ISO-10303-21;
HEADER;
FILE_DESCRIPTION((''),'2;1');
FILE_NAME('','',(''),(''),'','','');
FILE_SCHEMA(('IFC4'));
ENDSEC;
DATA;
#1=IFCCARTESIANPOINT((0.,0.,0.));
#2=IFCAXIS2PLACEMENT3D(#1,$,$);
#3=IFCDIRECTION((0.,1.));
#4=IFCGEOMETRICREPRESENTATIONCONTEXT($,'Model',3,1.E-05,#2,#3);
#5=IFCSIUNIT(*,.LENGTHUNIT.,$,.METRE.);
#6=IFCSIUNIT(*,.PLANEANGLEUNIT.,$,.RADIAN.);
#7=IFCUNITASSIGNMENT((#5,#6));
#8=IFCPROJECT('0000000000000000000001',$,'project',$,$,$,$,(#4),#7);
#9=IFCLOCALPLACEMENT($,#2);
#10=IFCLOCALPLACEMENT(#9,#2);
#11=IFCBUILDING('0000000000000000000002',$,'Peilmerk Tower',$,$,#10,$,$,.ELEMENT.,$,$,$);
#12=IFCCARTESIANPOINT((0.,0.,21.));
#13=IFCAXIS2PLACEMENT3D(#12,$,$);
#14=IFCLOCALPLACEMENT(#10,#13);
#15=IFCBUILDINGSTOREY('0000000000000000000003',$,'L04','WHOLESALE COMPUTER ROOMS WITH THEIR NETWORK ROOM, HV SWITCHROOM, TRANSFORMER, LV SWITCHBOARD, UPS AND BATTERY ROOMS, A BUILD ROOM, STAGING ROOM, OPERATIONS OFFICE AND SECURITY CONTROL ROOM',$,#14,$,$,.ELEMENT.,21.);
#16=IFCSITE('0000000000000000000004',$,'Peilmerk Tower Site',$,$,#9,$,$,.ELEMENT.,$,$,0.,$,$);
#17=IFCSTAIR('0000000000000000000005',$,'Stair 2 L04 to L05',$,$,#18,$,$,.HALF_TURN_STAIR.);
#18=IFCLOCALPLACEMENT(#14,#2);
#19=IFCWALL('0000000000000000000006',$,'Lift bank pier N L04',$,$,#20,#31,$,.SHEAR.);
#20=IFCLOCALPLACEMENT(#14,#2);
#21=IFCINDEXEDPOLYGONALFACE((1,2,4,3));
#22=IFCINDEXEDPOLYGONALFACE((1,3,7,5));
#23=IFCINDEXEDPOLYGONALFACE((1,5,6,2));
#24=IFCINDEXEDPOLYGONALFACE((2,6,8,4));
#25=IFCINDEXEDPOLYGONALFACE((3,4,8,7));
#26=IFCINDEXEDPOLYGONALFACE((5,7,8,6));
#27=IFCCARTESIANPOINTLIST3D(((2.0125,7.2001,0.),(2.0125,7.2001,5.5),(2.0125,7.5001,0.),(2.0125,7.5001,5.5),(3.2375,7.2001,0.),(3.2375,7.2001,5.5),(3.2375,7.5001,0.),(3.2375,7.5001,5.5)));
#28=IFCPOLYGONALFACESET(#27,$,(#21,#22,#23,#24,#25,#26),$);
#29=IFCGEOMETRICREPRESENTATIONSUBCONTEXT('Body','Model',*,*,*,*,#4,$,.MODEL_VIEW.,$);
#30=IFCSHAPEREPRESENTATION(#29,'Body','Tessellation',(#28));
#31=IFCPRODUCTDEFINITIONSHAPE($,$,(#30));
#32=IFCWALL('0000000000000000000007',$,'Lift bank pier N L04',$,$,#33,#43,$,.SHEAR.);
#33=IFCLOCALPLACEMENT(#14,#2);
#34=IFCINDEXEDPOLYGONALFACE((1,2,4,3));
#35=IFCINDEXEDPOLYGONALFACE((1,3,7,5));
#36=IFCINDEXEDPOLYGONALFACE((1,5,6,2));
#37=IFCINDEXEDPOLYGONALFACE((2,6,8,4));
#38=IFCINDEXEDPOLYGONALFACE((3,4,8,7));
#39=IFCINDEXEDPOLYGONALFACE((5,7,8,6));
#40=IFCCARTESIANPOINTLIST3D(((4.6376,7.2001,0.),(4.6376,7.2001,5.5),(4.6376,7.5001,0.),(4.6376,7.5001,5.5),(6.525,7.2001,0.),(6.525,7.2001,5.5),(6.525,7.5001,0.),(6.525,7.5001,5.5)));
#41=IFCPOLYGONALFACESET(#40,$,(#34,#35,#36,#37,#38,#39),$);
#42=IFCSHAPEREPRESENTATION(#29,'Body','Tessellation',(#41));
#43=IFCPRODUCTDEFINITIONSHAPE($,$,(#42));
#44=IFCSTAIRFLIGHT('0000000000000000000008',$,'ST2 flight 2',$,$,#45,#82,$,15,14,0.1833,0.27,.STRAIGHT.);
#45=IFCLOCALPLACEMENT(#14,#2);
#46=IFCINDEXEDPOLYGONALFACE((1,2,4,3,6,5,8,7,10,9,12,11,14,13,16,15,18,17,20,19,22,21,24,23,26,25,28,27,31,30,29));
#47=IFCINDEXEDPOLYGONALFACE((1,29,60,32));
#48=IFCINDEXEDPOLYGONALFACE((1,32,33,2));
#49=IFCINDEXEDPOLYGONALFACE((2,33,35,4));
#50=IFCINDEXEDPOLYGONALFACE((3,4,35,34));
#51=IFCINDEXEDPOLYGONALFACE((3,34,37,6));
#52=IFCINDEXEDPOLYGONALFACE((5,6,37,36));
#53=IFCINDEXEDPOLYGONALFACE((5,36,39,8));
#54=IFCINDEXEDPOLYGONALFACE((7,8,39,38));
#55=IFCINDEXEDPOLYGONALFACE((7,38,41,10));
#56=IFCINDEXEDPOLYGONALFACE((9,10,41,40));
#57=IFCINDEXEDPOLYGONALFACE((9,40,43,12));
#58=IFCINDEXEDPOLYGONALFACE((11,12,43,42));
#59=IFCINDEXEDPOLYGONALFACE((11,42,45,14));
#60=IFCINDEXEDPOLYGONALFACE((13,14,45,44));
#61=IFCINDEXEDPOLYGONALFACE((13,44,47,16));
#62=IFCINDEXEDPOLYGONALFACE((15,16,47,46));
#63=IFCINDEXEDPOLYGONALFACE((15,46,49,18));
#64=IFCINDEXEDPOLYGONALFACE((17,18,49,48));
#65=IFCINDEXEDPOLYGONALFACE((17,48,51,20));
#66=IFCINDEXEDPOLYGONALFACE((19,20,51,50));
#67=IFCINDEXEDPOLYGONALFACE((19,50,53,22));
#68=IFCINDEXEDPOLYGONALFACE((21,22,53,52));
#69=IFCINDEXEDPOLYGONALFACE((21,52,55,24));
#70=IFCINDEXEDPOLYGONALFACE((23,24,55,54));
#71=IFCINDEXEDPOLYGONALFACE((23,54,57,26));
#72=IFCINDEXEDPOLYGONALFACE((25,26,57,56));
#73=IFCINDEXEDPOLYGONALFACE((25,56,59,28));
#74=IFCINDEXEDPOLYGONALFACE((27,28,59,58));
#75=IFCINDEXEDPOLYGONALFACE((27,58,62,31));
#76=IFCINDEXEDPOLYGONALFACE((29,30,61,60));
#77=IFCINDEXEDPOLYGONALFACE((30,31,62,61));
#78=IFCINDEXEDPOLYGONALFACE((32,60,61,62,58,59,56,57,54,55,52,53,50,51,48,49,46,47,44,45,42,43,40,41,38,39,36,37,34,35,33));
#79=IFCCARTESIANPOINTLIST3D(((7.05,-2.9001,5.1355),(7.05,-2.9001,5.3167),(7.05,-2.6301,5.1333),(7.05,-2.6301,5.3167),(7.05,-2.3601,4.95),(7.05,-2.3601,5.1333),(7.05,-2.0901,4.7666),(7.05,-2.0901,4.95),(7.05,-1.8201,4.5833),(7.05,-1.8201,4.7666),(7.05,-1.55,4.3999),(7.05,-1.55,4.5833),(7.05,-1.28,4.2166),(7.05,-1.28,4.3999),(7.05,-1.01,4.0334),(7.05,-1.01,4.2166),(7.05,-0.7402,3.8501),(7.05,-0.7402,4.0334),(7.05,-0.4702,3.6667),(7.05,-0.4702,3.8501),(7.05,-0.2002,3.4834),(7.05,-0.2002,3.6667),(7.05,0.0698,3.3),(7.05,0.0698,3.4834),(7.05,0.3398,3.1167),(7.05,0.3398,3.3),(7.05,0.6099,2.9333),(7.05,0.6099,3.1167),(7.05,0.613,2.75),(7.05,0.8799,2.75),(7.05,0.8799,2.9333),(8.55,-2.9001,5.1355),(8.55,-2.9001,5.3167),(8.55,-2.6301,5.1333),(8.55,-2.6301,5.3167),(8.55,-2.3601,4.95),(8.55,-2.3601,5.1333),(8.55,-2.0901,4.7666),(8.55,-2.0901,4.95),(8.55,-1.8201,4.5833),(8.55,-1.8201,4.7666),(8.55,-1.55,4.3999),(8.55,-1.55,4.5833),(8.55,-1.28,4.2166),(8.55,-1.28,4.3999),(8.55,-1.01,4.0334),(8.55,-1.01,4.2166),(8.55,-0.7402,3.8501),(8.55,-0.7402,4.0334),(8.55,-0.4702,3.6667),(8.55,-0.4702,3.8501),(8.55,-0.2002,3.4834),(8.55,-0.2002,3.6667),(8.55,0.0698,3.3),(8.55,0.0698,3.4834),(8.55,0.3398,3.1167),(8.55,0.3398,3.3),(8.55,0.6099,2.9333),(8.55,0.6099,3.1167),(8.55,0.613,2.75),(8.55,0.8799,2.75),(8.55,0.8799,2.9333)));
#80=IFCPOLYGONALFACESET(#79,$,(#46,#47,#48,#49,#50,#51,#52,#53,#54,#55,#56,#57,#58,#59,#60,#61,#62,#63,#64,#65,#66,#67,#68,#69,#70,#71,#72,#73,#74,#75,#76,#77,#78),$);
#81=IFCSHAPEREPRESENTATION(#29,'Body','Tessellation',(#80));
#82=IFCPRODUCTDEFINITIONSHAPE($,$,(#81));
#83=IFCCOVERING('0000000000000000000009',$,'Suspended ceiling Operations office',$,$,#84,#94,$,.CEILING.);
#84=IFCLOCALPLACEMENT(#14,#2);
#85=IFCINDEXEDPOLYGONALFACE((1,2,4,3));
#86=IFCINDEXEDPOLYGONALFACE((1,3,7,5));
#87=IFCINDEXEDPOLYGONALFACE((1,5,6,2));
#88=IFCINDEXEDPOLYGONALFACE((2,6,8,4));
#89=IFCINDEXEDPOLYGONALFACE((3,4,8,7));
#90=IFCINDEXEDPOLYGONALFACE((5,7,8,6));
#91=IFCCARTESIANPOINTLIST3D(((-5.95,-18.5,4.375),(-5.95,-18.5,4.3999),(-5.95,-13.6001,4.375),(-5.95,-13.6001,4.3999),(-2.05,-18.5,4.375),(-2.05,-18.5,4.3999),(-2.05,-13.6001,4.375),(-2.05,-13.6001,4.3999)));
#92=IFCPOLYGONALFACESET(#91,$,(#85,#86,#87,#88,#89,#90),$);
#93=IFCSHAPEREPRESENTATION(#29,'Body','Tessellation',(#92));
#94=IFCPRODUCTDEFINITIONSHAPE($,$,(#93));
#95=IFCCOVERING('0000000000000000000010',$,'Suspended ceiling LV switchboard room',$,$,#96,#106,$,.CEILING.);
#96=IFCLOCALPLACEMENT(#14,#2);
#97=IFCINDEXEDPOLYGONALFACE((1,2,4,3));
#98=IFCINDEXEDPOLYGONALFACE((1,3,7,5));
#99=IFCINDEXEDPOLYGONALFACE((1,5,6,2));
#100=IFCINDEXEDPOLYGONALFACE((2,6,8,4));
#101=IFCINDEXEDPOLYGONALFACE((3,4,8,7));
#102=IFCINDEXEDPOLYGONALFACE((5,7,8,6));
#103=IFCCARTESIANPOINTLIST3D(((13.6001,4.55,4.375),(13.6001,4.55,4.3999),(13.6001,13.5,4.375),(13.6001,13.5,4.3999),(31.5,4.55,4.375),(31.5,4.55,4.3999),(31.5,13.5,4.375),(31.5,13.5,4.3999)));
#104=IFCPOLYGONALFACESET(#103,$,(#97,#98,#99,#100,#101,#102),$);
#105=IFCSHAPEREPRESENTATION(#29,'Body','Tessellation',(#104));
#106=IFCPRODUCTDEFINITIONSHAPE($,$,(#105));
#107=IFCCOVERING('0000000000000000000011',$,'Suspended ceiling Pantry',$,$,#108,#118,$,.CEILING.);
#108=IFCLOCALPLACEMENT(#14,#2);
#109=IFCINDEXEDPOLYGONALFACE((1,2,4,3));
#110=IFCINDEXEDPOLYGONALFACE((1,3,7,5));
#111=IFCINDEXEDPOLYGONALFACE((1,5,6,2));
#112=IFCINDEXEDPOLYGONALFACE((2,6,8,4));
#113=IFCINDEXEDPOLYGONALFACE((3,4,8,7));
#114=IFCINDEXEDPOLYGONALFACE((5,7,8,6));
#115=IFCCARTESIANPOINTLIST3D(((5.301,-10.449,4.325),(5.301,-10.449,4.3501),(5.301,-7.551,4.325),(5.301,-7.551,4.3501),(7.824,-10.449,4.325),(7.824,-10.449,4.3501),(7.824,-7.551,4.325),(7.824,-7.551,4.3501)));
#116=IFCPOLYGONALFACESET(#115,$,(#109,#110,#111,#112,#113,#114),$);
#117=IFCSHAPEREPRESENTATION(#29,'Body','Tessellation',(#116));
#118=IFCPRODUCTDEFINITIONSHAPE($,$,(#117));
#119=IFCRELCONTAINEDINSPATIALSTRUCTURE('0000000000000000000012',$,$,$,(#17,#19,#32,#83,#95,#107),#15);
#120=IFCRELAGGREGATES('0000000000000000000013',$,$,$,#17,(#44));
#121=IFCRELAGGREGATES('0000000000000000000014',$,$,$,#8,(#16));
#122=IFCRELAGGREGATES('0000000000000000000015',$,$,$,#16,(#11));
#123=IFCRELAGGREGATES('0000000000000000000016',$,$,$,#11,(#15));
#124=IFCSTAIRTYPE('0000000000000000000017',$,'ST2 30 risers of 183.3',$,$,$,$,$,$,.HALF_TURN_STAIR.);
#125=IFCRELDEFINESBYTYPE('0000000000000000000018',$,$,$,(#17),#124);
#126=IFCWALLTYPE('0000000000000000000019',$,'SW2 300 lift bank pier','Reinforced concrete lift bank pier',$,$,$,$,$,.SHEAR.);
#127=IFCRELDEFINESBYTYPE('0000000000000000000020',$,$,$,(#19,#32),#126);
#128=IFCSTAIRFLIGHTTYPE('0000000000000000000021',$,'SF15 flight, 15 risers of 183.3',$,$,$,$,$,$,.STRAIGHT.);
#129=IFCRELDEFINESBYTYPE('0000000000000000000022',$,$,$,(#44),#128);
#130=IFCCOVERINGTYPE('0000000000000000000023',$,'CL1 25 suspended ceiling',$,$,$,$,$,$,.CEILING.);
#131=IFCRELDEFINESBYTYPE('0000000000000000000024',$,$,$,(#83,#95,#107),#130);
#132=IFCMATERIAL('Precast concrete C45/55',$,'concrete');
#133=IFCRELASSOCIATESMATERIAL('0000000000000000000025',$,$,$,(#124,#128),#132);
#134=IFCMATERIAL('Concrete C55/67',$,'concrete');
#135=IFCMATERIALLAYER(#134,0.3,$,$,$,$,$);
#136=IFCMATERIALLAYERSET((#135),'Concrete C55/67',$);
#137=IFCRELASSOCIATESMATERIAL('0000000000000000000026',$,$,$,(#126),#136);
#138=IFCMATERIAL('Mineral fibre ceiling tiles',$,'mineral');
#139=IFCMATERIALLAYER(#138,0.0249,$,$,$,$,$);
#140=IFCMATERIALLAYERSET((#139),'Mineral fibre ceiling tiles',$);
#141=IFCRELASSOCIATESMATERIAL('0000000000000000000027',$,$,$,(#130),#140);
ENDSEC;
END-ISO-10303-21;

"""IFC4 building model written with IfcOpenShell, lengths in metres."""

from ifc_helpers import new_model, si_unit, direction, frame, frame_2d, origin, place, context, subcontext, project, spatial, polyline, rectangle, outline, extrude, material, layer, layer_set, type_object, element, aggregate, save


model = new_model("IFC4")

# Units and contexts
model_context = context("Model", 3, precision=1e-05, world=origin(), true_north=direction((0.0, 1.0)))
body_context = subcontext(model_context, "Body", "Model", "MODEL_VIEW")
ifc_project = project(units=[si_unit("LENGTHUNIT", "METRE"), si_unit("PLANEANGLEUNIT", "RADIAN")], contexts=[model_context])

# Site, building, storey
site_placement = place(None, origin())
site = spatial("IfcSite", under=ifc_project, at=site_placement, Name="Peilmerk Tower Site", CompositionType="ELEMENT", RefElevation=0.0)
building_placement = place(site_placement, origin())
building = spatial("IfcBuilding", under=site, at=building_placement, Name="Peilmerk Tower", CompositionType="ELEMENT")
storey_placement = place(building_placement, frame((0.0, 0.0, 21.0)))
storey = spatial("IfcBuildingStorey", under=building, at=storey_placement, Name="L04", Description="WHOLESALE COMPUTER ROOMS WITH THEIR NETWORK ROOM, HV SWITCHROOM, TRANSFORMER, LV SWITCHBOARD, UPS AND BATTERY ROOMS, A BUILD ROOM, STAGING ROOM, OPERATIONS OFFICE AND SECURITY CONTROL ROOM", CompositionType="ELEMENT", Elevation=21.0)

# Stair
ifc_material_1 = material(Name="Precast concrete C45/55", Category="concrete")
stair_type = type_object("IfcStairType", Name="ST2 30 risers of 183.3", PredefinedType="HALF_TURN_STAIR", material=ifc_material_1)
stair_placement = place(storey_placement, origin())
stair = element("IfcStair", 1, at=stair_placement, inside=storey, type_object=stair_type, Name="Stair 2 L04 to L05", PredefinedType="HALF_TURN_STAIR")

# Walls
ifc_material_2 = material(Name="Concrete C55/67", Category="concrete")
ifc_layer_1 = layer(ifc_material_2, 0.3)
ifc_layer_set_1 = layer_set([ifc_layer_1], Name="Concrete C55/67")
wall_type_1 = type_object("IfcWallType", Name="SW2 300 lift bank pier", Description="Reinforced concrete lift bank pier", PredefinedType="SHEAR", material=ifc_layer_set_1)
wall_1_placement = place(storey_placement, frame((2.0125, 7.3501, 0.0), z_axis=(0.0, 0.0, 1.0), x_axis=(1.0, 0.0, 0.0)))
element("IfcWall", 2, at=wall_1_placement, inside=storey, type_object=wall_type_1, Name="Lift bank pier N L04", PredefinedType="SHEAR", context=body_context, shape_type="SweptSolid", body=[
    extrude(rectangle(XDim=1.2251, YDim=0.3, at=frame_2d((0.6125, 0.0))), origin(), (0.0, 0.0, 1.0), 5.5),
])
wall_2_placement = place(storey_placement, frame((4.6375, 7.3501, 0.0), z_axis=(0.0, 0.0, 1.0), x_axis=(1.0, 0.0, 0.0)))
element("IfcWall", 3, at=wall_2_placement, inside=storey, type_object=wall_type_1, Name="Lift bank pier N L04", PredefinedType="SHEAR", context=body_context, shape_type="SweptSolid", body=[
    extrude(rectangle(XDim=1.8875, YDim=0.3, at=frame_2d((0.9438, 0.0))), origin(), (0.0, 0.0, 1.0), 5.5),
])

# Stair flight
stair_flight_type = type_object("IfcStairFlightType", Name="SF15 flight, 15 risers of 183.3", PredefinedType="STRAIGHT", material=ifc_material_1)
stair_flight_placement = place(storey_placement, frame((7.8, 0.8799, 2.75), z_axis=(0.0, 0.0, 1.0), x_axis=(0.0, -1.0, 0.0)))
stair_flight = element("IfcStairFlight", 4, at=stair_flight_placement, type_object=stair_flight_type, Name="ST2 flight 2", NumberOfRisers=15, NumberOfTreads=14, PredefinedType="STRAIGHT", RiserHeight=0.1833, TreadLength=0.27, context=body_context, shape_type="SweptSolid", body=[
    extrude(outline(polyline([(0.0, 0.0), (0.0, 0.1833), (0.27, 0.1833), (0.27, 0.3667), (0.54, 0.3667), (0.54, 0.55), (0.8101, 0.55), (0.8101, 0.7334), (1.0801, 0.7334), (1.0801, 0.9167), (1.3501, 0.9167), (1.3501, 1.1001), (1.6201, 1.1001), (1.6201, 1.2834), (1.8899, 1.2834), (1.8899, 1.4666), (2.1599, 1.4666), (2.1599, 1.6499), (2.4299, 1.6499), (2.4299, 1.8333), (2.7, 1.8333), (2.7, 2.0166), (2.97, 2.0166), (2.97, 2.2), (3.24, 2.2), (3.24, 2.3833), (3.51, 2.3833), (3.51, 2.5667), (3.78, 2.5667), (3.78, 2.75), (3.78, 2.3855), (0.2668, 0.0), (0.0, 0.0)])), frame((0.0, 0.75, 0.0), z_axis=(0.0, -1.0, 0.0), x_axis=(1.0, 0.0, 0.0)), (0.0, 0.0, 1.0), 1.5),
])
aggregate(stair, [stair_flight])

# Coverings
ifc_material_3 = material(Name="Mineral fibre ceiling tiles", Category="mineral")
ifc_layer_2 = layer(ifc_material_3, 0.0249)
ifc_layer_set_2 = layer_set([ifc_layer_2], Name="Mineral fibre ceiling tiles")
covering_type_1 = type_object("IfcCoveringType", Name="CL1 25 suspended ceiling", PredefinedType="CEILING", material=ifc_layer_set_2)
covering_1_placement = place(storey_placement, frame((0.0, 0.0, 4.375)))
element("IfcCovering", 5, at=covering_1_placement, inside=storey, type_object=covering_type_1, Name="Suspended ceiling Operations office", PredefinedType="CEILING", context=body_context, shape_type="SweptSolid", body=[
    extrude(outline(polyline([(-2.05, -18.5), (-2.05, -13.6001), (-5.95, -13.6001), (-5.95, -18.5), (-2.05, -18.5)])), origin(), (0.0, 0.0, 1.0), 0.0249),
])
covering_2_placement = place(storey_placement, frame((0.0, 0.0, 4.375)))
element("IfcCovering", 6, at=covering_2_placement, inside=storey, type_object=covering_type_1, Name="Suspended ceiling LV switchboard room", PredefinedType="CEILING", context=body_context, shape_type="SweptSolid", body=[
    extrude(outline(polyline([(31.5, 4.55), (31.5, 13.5), (13.6001, 13.5), (13.6001, 4.55), (31.5, 4.55)])), origin(), (0.0, 0.0, 1.0), 0.0249),
])
covering_3_placement = place(storey_placement, frame((0.0, 0.0, 4.325)))
element("IfcCovering", 7, at=covering_3_placement, inside=storey, type_object=covering_type_1, Name="Suspended ceiling Pantry", PredefinedType="CEILING", context=body_context, shape_type="SweptSolid", body=[
    extrude(outline(polyline([(7.824, -10.449), (7.824, -7.551), (5.301, -7.551), (5.301, -10.449), (7.824, -10.449)])), origin(), (0.0, 0.0, 1.0), 0.0251),
])

save(model, "model.ifc")
